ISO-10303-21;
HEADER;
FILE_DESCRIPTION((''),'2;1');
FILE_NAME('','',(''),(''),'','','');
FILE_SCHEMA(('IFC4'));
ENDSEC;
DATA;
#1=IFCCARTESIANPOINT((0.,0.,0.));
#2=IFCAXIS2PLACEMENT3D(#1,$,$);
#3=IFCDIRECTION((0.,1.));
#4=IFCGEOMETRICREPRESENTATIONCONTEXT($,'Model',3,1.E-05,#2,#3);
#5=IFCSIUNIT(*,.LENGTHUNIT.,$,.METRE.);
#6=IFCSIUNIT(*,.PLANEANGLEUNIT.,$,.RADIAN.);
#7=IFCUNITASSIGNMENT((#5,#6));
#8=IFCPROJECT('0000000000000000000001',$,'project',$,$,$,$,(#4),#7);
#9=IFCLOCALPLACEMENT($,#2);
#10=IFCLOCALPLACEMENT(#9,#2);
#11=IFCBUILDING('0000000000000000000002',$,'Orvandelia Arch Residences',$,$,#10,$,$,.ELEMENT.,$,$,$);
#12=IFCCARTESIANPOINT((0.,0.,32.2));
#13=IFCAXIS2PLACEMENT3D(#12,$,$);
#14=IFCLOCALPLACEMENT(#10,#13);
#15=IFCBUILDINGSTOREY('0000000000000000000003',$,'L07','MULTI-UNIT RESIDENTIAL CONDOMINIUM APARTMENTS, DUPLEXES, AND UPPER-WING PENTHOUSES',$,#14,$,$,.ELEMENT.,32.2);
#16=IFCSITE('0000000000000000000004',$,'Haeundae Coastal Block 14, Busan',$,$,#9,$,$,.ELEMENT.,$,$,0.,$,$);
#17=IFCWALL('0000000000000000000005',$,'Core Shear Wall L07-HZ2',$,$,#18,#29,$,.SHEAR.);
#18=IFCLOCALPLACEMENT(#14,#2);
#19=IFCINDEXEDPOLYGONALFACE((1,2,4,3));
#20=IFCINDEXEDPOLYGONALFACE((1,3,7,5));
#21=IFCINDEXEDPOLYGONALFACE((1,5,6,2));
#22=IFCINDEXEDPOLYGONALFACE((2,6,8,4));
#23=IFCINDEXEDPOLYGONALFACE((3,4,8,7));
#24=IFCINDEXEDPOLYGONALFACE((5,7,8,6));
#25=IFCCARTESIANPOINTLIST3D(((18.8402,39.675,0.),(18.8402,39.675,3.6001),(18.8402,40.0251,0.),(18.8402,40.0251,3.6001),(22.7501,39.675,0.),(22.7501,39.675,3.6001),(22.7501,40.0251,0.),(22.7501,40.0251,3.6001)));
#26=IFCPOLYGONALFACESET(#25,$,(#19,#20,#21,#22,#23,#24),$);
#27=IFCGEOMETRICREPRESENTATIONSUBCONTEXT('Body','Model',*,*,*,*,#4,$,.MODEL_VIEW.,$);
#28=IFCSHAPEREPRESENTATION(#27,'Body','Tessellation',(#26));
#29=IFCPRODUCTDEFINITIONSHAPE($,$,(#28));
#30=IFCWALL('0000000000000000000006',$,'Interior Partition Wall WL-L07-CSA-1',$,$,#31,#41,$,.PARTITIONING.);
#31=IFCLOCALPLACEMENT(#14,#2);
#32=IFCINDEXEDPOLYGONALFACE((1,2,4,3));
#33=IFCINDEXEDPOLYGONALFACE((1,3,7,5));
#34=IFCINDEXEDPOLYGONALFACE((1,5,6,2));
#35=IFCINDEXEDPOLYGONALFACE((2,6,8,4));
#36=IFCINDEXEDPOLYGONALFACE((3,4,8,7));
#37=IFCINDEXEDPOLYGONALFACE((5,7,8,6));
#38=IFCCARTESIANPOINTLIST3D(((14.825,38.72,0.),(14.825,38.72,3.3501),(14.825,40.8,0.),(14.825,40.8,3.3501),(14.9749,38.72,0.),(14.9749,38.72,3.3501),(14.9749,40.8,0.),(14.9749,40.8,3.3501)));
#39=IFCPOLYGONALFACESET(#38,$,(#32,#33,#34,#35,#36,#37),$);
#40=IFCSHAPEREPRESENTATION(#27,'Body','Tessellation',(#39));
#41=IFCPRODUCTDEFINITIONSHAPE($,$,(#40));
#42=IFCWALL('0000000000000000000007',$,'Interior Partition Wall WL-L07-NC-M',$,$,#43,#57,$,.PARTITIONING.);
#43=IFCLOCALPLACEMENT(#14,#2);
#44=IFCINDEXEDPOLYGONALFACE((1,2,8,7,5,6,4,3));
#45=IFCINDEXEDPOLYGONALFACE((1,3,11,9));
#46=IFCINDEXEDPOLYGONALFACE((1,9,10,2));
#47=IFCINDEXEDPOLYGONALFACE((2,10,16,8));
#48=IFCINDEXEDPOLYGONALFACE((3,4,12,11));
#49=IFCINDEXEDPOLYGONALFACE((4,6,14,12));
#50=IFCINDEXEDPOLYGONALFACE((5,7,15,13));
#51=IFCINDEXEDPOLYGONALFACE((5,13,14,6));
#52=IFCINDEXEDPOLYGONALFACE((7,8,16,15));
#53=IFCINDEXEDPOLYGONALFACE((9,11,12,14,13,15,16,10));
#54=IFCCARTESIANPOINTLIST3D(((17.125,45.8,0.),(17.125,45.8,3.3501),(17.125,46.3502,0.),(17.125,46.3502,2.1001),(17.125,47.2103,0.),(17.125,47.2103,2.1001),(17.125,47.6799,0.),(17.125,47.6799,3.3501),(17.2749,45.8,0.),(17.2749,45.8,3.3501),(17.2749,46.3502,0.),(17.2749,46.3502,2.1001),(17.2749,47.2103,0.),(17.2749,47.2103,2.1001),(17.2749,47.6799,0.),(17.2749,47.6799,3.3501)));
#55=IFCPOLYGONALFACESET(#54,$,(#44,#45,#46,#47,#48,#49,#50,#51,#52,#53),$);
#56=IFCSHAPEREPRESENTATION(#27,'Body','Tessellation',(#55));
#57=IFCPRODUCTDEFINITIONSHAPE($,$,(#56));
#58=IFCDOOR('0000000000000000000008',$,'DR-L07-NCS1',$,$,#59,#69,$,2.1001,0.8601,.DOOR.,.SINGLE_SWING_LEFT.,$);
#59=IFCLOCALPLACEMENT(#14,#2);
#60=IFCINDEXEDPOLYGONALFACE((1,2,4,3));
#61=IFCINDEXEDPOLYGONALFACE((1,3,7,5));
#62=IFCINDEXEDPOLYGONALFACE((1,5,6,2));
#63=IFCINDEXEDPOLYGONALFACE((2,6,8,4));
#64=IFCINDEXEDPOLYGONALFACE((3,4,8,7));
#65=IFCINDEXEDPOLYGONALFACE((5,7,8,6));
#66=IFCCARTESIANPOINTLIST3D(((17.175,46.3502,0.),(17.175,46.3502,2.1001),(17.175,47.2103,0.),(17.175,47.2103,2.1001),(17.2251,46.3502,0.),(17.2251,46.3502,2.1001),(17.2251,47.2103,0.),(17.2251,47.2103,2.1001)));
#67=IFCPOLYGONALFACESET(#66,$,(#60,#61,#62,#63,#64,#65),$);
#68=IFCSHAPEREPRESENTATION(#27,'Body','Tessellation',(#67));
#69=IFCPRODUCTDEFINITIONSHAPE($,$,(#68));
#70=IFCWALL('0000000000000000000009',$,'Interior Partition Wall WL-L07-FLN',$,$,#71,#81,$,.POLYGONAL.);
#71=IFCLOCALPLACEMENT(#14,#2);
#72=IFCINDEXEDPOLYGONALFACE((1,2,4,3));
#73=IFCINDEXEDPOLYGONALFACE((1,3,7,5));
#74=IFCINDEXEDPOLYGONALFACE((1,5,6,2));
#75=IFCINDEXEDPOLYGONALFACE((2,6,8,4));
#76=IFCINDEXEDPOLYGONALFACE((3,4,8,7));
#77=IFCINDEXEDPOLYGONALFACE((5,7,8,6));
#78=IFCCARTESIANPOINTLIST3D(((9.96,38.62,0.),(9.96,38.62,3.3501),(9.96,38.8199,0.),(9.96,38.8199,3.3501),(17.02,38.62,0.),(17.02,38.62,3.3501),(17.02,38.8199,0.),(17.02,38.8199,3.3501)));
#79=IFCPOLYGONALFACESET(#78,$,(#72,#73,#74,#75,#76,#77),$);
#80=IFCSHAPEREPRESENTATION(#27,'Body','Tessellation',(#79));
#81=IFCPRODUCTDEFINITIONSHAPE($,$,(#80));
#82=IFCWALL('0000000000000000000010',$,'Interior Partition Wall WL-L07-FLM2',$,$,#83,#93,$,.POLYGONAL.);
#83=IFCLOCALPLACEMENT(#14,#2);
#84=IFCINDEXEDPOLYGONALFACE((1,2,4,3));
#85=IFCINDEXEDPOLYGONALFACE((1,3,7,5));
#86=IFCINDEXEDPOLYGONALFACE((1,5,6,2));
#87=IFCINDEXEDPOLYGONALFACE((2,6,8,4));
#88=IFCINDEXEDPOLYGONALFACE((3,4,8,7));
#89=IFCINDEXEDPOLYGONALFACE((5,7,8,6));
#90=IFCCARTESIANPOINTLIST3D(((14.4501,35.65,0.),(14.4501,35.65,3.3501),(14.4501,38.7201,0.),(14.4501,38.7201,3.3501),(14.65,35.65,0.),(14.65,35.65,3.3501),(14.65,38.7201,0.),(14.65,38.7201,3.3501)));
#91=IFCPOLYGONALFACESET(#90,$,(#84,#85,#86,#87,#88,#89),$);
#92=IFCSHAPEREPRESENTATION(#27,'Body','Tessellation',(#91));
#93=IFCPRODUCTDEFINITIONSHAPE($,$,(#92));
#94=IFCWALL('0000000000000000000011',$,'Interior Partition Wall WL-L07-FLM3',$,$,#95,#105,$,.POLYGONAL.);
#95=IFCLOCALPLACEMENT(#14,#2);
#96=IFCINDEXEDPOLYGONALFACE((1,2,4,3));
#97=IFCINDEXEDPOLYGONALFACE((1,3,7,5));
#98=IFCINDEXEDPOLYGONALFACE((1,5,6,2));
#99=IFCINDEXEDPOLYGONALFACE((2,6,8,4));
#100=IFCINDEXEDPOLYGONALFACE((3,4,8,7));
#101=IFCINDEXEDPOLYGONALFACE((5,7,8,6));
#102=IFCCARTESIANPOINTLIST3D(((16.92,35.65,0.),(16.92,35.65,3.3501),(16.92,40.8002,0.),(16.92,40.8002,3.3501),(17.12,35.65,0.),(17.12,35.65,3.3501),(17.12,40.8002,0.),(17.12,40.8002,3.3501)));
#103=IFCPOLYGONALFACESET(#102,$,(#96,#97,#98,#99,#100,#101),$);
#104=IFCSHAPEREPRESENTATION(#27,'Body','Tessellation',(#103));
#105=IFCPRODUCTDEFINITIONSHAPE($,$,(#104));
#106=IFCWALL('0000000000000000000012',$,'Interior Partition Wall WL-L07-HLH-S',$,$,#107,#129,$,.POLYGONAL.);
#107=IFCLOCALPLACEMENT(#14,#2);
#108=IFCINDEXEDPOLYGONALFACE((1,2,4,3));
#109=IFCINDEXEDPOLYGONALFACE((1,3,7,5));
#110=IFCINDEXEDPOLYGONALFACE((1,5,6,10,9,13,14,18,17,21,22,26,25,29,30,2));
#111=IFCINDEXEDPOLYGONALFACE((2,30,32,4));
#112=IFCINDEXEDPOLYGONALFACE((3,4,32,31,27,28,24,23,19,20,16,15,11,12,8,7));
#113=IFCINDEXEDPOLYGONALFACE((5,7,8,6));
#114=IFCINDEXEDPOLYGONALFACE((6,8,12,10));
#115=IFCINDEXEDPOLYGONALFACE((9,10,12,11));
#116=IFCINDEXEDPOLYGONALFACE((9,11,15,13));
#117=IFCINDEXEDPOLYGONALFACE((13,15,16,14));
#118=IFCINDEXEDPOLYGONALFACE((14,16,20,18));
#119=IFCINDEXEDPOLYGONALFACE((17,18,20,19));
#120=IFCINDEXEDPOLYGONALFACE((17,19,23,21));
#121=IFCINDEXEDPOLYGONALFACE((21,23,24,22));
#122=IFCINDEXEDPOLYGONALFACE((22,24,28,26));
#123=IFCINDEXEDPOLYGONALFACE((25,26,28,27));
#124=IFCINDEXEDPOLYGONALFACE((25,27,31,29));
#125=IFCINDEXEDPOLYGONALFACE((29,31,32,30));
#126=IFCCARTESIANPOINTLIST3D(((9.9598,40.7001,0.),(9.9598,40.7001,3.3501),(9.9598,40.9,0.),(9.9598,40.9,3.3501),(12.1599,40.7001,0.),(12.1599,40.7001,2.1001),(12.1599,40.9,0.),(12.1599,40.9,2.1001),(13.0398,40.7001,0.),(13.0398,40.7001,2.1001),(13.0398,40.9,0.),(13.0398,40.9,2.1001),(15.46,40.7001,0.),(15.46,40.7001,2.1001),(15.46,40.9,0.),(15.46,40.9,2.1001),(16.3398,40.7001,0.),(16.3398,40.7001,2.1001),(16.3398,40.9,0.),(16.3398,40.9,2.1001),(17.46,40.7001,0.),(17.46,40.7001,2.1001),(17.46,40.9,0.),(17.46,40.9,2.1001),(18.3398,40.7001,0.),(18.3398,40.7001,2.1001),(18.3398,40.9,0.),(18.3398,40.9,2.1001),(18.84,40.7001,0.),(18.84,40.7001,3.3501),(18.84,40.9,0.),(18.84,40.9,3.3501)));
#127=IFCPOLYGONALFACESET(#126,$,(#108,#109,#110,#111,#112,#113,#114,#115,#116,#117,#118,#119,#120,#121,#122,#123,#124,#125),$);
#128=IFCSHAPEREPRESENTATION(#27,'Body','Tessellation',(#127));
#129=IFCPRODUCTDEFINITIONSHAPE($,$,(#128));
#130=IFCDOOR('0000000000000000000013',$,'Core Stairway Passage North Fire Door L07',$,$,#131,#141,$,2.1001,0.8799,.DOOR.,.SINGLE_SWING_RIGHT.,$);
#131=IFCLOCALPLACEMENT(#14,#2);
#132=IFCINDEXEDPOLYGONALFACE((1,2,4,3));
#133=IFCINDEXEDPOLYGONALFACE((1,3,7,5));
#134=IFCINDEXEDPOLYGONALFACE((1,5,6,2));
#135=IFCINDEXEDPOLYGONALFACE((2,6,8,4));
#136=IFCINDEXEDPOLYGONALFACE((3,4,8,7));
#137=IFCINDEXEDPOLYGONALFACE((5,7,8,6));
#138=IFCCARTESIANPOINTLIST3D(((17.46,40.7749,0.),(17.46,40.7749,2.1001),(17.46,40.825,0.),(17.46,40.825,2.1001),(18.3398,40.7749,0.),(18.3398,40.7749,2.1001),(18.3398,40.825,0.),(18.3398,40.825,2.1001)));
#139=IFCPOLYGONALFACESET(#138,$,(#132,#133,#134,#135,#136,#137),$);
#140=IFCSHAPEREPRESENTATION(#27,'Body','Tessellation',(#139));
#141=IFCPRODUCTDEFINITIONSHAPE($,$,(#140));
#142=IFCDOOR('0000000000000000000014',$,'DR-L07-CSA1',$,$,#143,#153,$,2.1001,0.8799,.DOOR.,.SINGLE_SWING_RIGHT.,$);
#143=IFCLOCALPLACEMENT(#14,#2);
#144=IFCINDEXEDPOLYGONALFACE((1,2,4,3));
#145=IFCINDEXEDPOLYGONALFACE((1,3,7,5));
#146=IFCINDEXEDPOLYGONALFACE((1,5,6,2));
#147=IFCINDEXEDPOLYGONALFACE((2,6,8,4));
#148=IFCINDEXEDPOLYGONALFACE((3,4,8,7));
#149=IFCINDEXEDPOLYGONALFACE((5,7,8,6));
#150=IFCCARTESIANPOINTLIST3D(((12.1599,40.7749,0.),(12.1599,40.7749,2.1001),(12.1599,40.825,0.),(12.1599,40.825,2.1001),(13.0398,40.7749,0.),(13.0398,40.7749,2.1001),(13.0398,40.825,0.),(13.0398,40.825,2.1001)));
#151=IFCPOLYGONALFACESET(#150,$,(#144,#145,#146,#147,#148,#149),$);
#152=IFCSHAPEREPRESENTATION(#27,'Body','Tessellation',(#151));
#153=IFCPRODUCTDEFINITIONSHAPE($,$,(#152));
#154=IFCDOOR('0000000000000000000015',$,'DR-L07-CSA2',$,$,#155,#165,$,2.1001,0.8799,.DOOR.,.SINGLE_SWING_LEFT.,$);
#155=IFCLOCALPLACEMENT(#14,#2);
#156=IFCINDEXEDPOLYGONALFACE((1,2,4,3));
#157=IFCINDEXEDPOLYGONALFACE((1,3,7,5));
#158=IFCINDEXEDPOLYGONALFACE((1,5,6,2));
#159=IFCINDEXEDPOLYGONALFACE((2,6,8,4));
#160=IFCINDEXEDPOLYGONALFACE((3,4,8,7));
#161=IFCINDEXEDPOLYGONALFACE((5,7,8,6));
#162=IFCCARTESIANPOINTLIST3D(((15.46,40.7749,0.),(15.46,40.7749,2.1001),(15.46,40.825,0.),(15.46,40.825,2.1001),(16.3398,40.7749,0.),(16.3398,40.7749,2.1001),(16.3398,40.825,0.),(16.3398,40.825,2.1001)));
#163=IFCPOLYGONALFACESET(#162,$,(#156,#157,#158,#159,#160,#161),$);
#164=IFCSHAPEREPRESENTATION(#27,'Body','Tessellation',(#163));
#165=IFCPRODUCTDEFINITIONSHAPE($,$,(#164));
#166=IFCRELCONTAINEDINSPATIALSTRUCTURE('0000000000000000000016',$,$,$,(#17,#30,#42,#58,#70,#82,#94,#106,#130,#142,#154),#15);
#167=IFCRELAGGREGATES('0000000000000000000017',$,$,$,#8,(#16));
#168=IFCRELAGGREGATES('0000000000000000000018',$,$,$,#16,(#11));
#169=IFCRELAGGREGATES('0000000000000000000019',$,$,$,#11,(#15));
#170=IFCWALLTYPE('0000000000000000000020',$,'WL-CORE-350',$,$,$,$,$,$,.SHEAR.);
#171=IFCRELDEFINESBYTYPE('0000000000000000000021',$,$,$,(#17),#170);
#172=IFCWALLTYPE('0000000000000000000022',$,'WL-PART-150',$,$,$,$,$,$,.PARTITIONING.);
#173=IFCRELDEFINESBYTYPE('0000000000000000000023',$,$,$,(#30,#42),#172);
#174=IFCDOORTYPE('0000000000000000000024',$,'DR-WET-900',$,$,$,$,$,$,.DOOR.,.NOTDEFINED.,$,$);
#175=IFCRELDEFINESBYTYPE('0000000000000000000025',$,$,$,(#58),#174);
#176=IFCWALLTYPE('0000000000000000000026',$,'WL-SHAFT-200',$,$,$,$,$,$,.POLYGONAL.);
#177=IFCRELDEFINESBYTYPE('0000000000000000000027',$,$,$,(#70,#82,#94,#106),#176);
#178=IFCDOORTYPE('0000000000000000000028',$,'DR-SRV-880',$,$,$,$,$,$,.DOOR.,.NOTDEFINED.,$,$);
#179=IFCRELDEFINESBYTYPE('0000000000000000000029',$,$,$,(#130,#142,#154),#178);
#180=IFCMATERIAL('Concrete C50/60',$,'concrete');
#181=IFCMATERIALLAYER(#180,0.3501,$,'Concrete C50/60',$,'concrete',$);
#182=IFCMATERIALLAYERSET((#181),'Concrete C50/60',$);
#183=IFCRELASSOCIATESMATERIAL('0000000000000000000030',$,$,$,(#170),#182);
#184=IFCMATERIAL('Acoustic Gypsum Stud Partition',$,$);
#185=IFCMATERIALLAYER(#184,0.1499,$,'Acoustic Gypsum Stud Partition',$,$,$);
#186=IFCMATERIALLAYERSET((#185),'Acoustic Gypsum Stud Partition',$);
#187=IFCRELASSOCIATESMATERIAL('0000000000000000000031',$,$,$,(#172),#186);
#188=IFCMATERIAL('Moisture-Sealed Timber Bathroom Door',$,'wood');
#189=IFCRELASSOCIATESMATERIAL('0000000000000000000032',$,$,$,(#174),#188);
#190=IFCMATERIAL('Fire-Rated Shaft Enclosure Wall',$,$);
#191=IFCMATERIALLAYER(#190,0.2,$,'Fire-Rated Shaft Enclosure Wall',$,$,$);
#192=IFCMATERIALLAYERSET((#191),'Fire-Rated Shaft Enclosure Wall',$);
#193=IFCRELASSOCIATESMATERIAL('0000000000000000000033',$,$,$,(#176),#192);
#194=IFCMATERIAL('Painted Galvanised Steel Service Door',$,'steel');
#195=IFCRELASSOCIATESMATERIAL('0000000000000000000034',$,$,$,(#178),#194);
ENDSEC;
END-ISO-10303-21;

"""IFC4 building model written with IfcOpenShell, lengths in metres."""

from ifc_helpers import new_model, si_unit, direction, frame, frame_2d, origin, place, context, subcontext, project, spatial, rectangle, extrude, material, layer, layer_set, type_object, element, fill, save


model = new_model("IFC4")

# Units and contexts
model_context = context("Model", 3, precision=1e-05, world=origin(), true_north=direction((0.0, 1.0)))
body_context = subcontext(model_context, "Body", "Model", "MODEL_VIEW")
ifc_project = project(units=[si_unit("LENGTHUNIT", "METRE"), si_unit("PLANEANGLEUNIT", "RADIAN")], contexts=[model_context])

# Site, building, storey
site_placement = place(None, origin())
site = spatial("IfcSite", under=ifc_project, at=site_placement, Name="Haeundae Coastal Block 14, Busan", CompositionType="ELEMENT", RefElevation=0.0)
building_placement = place(site_placement, origin())
building = spatial("IfcBuilding", under=site, at=building_placement, Name="Orvandelia Arch Residences", CompositionType="ELEMENT")
storey_placement = place(building_placement, frame((0.0, 0.0, 32.2)))
storey = spatial("IfcBuildingStorey", under=building, at=storey_placement, Name="L07", Description="MULTI-UNIT RESIDENTIAL CONDOMINIUM APARTMENTS, DUPLEXES, AND UPPER-WING PENTHOUSES", CompositionType="ELEMENT", Elevation=32.2)

# Walls
ifc_material_1 = material(Name="Concrete C50/60", Category="concrete")
ifc_layer_1 = layer(ifc_material_1, 0.3501, Name="Concrete C50/60", Category="concrete")
ifc_layer_set_1 = layer_set([ifc_layer_1], Name="Concrete C50/60")
wall_type_1 = type_object("IfcWallType", Name="WL-CORE-350", PredefinedType="SHEAR", material=ifc_layer_set_1)
wall_1_placement = place(storey_placement, frame((18.8401, 39.8501, 0.0), z_axis=(0.0, 0.0, 1.0), x_axis=(1.0, 0.0, 0.0)))
element("IfcWall", 1, at=wall_1_placement, inside=storey, type_object=wall_type_1, Name="Core Shear Wall L07-HZ2", PredefinedType="SHEAR", context=body_context, shape_type="SweptSolid", body=[
    extrude(rectangle(XDim=3.9099, YDim=0.3501, at=frame_2d((1.9551, 0.0))), origin(), (0.0, 0.0, 1.0), 3.6001),
])
ifc_material_2 = material(Name="Acoustic Gypsum Stud Partition")
ifc_layer_2 = layer(ifc_material_2, 0.1499, Name="Acoustic Gypsum Stud Partition")
ifc_layer_set_2 = layer_set([ifc_layer_2], Name="Acoustic Gypsum Stud Partition")
wall_type_2 = type_object("IfcWallType", Name="WL-PART-150", PredefinedType="PARTITIONING", material=ifc_layer_set_2)
wall_2_placement = place(storey_placement, frame((14.8999, 38.72, 0.0), z_axis=(0.0, 0.0, 1.0), x_axis=(0.0, 1.0, 0.0)))
element("IfcWall", 2, at=wall_2_placement, inside=storey, type_object=wall_type_2, Name="Interior Partition Wall WL-L07-CSA-1", PredefinedType="PARTITIONING", context=body_context, shape_type="SweptSolid", body=[
    extrude(rectangle(XDim=2.0801, YDim=0.1499, at=frame_2d((1.04, 0.0))), origin(), (0.0, 0.0, 1.0), 3.3501),
])

# Wall, opening, door
wall_3_placement = place(storey_placement, frame((17.2, 45.8, 0.0), z_axis=(0.0, 0.0, 1.0), x_axis=(0.0, 1.0, 0.0)))
wall_3 = element("IfcWall", 3, at=wall_3_placement, inside=storey, type_object=wall_type_2, Name="Interior Partition Wall WL-L07-NC-M", PredefinedType="PARTITIONING", context=body_context, shape_type="SweptSolid", body=[
    extrude(rectangle(XDim=1.8799, YDim=0.1499, at=frame_2d((0.9399, 0.0))), origin(), (0.0, 0.0, 1.0), 3.3501),
])
opening_1_placement = place(wall_3_placement, frame((0.55, 0.0, 0.0)))
opening_1 = element("IfcOpeningElement", 4, at=opening_1_placement, cuts=wall_3, PredefinedType="OPENING", context=body_context, shape_type="SweptSolid", body=[
    extrude(rectangle(XDim=0.8601, YDim=2.1001, at=frame_2d((0.4302, 1.05))), frame((0.0, 0.085, 0.0), z_axis=(0.0, -1.0, 0.0), x_axis=(1.0, 0.0, 0.0)), (0.0, 0.0, 1.0), 0.1699),
])
ifc_material_3 = material(Name="Moisture-Sealed Timber Bathroom Door", Category="wood")
door_type_1 = type_object("IfcDoorType", Name="DR-WET-900", OperationType="NOTDEFINED", PredefinedType="DOOR", material=ifc_material_3)
door_1_placement = place(opening_1_placement, origin())
door_1 = element("IfcDoor", 5, at=door_1_placement, inside=storey, type_object=door_type_1, Name="DR-L07-NCS1", OperationType="SINGLE_SWING_LEFT", OverallHeight=2.1001, OverallWidth=0.8601, PredefinedType="DOOR", context=body_context, shape_type="SweptSolid", body=[
    extrude(rectangle(XDim=0.8601, YDim=2.1001, at=frame_2d((0.4302, 1.05))), frame((0.0, 0.0249, 0.0), z_axis=(0.0, -1.0, 0.0), x_axis=(1.0, 0.0, 0.0)), (0.0, 0.0, 1.0), 0.05),
])
fill(opening_1, door_1)

# Walls
ifc_material_4 = material(Name="Fire-Rated Shaft Enclosure Wall")
ifc_layer_3 = layer(ifc_material_4, 0.2, Name="Fire-Rated Shaft Enclosure Wall")
ifc_layer_set_3 = layer_set([ifc_layer_3], Name="Fire-Rated Shaft Enclosure Wall")
wall_type_3 = type_object("IfcWallType", Name="WL-SHAFT-200", PredefinedType="POLYGONAL", material=ifc_layer_set_3)
wall_4_placement = place(storey_placement, frame((9.96, 38.72, 0.0), z_axis=(0.0, 0.0, 1.0), x_axis=(1.0, 0.0, 0.0)))
element("IfcWall", 6, at=wall_4_placement, inside=storey, type_object=wall_type_3, Name="Interior Partition Wall WL-L07-FLN", PredefinedType="POLYGONAL", context=body_context, shape_type="SweptSolid", body=[
    extrude(rectangle(XDim=7.0601, YDim=0.2, at=frame_2d((3.53, 0.0))), origin(), (0.0, 0.0, 1.0), 3.3501),
])
wall_5_placement = place(storey_placement, frame((14.55, 35.6499, 0.0), z_axis=(0.0, 0.0, 1.0), x_axis=(0.0, 1.0, 0.0)))
element("IfcWall", 7, at=wall_5_placement, inside=storey, type_object=wall_type_3, Name="Interior Partition Wall WL-L07-FLM2", PredefinedType="POLYGONAL", context=body_context, shape_type="SweptSolid", body=[
    extrude(rectangle(XDim=3.0701, YDim=0.2, at=frame_2d((1.5352, 0.0))), origin(), (0.0, 0.0, 1.0), 3.3501),
])
wall_6_placement = place(storey_placement, frame((17.02, 35.6499, 0.0), z_axis=(0.0, 0.0, 1.0), x_axis=(0.0, 1.0, 0.0)))
element("IfcWall", 8, at=wall_6_placement, inside=storey, type_object=wall_type_3, Name="Interior Partition Wall WL-L07-FLM3", PredefinedType="POLYGONAL", context=body_context, shape_type="SweptSolid", body=[
    extrude(rectangle(XDim=5.1501, YDim=0.2, at=frame_2d((2.5752, 0.0))), origin(), (0.0, 0.0, 1.0), 3.3501),
])

# Wall, openings, doors
wall_7_placement = place(storey_placement, frame((9.96, 40.8, 0.0), z_axis=(0.0, 0.0, 1.0), x_axis=(1.0, 0.0, 0.0)))
wall_7 = element("IfcWall", 9, at=wall_7_placement, inside=storey, type_object=wall_type_3, Name="Interior Partition Wall WL-L07-HLH-S", PredefinedType="POLYGONAL", context=body_context, shape_type="SweptSolid", body=[
    extrude(rectangle(XDim=8.8801, YDim=0.2, at=frame_2d((4.4399, 0.0))), origin(), (0.0, 0.0, 1.0), 3.3501),
])
opening_2_placement = place(wall_7_placement, frame((7.5, 0.0, 0.0)))
opening_2 = element("IfcOpeningElement", 10, at=opening_2_placement, cuts=wall_7, PredefinedType="OPENING", context=body_context, shape_type="SweptSolid", body=[
    extrude(rectangle(XDim=0.8799, YDim=2.1001, at=frame_2d((0.4399, 1.05))), frame((0.0, 0.1099, 0.0), z_axis=(0.0, -1.0, 0.0), x_axis=(1.0, 0.0, 0.0)), (0.0, 0.0, 1.0), 0.22),
])
opening_3_placement = place(wall_7_placement, frame((2.2, 0.0, 0.0)))
opening_3 = element("IfcOpeningElement", 11, at=opening_3_placement, cuts=wall_7, PredefinedType="OPENING", context=body_context, shape_type="SweptSolid", body=[
    extrude(rectangle(XDim=0.8799, YDim=2.1001, at=frame_2d((0.4399, 1.05))), frame((0.0, 0.1099, 0.0), z_axis=(0.0, -1.0, 0.0), x_axis=(1.0, 0.0, 0.0)), (0.0, 0.0, 1.0), 0.22),
])
opening_4_placement = place(wall_7_placement, frame((5.5, 0.0, 0.0)))
opening_4 = element("IfcOpeningElement", 12, at=opening_4_placement, cuts=wall_7, PredefinedType="OPENING", context=body_context, shape_type="SweptSolid", body=[
    extrude(rectangle(XDim=0.8799, YDim=2.1001, at=frame_2d((0.4399, 1.05))), frame((0.0, 0.1099, 0.0), z_axis=(0.0, -1.0, 0.0), x_axis=(1.0, 0.0, 0.0)), (0.0, 0.0, 1.0), 0.22),
])
ifc_material_5 = material(Name="Painted Galvanised Steel Service Door", Category="steel")
door_type_2 = type_object("IfcDoorType", Name="DR-SRV-880", OperationType="NOTDEFINED", PredefinedType="DOOR", material=ifc_material_5)
door_2_placement = place(opening_2_placement, origin())
door_2 = element("IfcDoor", 13, at=door_2_placement, inside=storey, type_object=door_type_2, Name="Core Stairway Passage North Fire Door L07", OperationType="SINGLE_SWING_RIGHT", OverallHeight=2.1001, OverallWidth=0.8799, PredefinedType="DOOR", context=body_context, shape_type="SweptSolid", body=[
    extrude(rectangle(XDim=0.8799, YDim=2.1001, at=frame_2d((0.4399, 1.05))), frame((0.0, 0.0249, 0.0), z_axis=(0.0, -1.0, 0.0), x_axis=(1.0, 0.0, 0.0)), (0.0, 0.0, 1.0), 0.05),
])
fill(opening_2, door_2)
door_3_placement = place(opening_3_placement, origin())
door_3 = element("IfcDoor", 14, at=door_3_placement, inside=storey, type_object=door_type_2, Name="DR-L07-CSA1", OperationType="SINGLE_SWING_RIGHT", OverallHeight=2.1001, OverallWidth=0.8799, PredefinedType="DOOR", context=body_context, shape_type="SweptSolid", body=[
    extrude(rectangle(XDim=0.8799, YDim=2.1001, at=frame_2d((0.4399, 1.05))), frame((0.0, 0.0249, 0.0), z_axis=(0.0, -1.0, 0.0), x_axis=(1.0, 0.0, 0.0)), (0.0, 0.0, 1.0), 0.05),
])
fill(opening_3, door_3)
door_4_placement = place(opening_4_placement, origin())
door_4 = element("IfcDoor", 15, at=door_4_placement, inside=storey, type_object=door_type_2, Name="DR-L07-CSA2", OperationType="SINGLE_SWING_LEFT", OverallHeight=2.1001, OverallWidth=0.8799, PredefinedType="DOOR", context=body_context, shape_type="SweptSolid", body=[
    extrude(rectangle(XDim=0.8799, YDim=2.1001, at=frame_2d((0.4399, 1.05))), frame((0.0, 0.0249, 0.0), z_axis=(0.0, -1.0, 0.0), x_axis=(1.0, 0.0, 0.0)), (0.0, 0.0, 1.0), 0.05),
])
fill(opening_4, door_4)

save(model, "model.ifc")
